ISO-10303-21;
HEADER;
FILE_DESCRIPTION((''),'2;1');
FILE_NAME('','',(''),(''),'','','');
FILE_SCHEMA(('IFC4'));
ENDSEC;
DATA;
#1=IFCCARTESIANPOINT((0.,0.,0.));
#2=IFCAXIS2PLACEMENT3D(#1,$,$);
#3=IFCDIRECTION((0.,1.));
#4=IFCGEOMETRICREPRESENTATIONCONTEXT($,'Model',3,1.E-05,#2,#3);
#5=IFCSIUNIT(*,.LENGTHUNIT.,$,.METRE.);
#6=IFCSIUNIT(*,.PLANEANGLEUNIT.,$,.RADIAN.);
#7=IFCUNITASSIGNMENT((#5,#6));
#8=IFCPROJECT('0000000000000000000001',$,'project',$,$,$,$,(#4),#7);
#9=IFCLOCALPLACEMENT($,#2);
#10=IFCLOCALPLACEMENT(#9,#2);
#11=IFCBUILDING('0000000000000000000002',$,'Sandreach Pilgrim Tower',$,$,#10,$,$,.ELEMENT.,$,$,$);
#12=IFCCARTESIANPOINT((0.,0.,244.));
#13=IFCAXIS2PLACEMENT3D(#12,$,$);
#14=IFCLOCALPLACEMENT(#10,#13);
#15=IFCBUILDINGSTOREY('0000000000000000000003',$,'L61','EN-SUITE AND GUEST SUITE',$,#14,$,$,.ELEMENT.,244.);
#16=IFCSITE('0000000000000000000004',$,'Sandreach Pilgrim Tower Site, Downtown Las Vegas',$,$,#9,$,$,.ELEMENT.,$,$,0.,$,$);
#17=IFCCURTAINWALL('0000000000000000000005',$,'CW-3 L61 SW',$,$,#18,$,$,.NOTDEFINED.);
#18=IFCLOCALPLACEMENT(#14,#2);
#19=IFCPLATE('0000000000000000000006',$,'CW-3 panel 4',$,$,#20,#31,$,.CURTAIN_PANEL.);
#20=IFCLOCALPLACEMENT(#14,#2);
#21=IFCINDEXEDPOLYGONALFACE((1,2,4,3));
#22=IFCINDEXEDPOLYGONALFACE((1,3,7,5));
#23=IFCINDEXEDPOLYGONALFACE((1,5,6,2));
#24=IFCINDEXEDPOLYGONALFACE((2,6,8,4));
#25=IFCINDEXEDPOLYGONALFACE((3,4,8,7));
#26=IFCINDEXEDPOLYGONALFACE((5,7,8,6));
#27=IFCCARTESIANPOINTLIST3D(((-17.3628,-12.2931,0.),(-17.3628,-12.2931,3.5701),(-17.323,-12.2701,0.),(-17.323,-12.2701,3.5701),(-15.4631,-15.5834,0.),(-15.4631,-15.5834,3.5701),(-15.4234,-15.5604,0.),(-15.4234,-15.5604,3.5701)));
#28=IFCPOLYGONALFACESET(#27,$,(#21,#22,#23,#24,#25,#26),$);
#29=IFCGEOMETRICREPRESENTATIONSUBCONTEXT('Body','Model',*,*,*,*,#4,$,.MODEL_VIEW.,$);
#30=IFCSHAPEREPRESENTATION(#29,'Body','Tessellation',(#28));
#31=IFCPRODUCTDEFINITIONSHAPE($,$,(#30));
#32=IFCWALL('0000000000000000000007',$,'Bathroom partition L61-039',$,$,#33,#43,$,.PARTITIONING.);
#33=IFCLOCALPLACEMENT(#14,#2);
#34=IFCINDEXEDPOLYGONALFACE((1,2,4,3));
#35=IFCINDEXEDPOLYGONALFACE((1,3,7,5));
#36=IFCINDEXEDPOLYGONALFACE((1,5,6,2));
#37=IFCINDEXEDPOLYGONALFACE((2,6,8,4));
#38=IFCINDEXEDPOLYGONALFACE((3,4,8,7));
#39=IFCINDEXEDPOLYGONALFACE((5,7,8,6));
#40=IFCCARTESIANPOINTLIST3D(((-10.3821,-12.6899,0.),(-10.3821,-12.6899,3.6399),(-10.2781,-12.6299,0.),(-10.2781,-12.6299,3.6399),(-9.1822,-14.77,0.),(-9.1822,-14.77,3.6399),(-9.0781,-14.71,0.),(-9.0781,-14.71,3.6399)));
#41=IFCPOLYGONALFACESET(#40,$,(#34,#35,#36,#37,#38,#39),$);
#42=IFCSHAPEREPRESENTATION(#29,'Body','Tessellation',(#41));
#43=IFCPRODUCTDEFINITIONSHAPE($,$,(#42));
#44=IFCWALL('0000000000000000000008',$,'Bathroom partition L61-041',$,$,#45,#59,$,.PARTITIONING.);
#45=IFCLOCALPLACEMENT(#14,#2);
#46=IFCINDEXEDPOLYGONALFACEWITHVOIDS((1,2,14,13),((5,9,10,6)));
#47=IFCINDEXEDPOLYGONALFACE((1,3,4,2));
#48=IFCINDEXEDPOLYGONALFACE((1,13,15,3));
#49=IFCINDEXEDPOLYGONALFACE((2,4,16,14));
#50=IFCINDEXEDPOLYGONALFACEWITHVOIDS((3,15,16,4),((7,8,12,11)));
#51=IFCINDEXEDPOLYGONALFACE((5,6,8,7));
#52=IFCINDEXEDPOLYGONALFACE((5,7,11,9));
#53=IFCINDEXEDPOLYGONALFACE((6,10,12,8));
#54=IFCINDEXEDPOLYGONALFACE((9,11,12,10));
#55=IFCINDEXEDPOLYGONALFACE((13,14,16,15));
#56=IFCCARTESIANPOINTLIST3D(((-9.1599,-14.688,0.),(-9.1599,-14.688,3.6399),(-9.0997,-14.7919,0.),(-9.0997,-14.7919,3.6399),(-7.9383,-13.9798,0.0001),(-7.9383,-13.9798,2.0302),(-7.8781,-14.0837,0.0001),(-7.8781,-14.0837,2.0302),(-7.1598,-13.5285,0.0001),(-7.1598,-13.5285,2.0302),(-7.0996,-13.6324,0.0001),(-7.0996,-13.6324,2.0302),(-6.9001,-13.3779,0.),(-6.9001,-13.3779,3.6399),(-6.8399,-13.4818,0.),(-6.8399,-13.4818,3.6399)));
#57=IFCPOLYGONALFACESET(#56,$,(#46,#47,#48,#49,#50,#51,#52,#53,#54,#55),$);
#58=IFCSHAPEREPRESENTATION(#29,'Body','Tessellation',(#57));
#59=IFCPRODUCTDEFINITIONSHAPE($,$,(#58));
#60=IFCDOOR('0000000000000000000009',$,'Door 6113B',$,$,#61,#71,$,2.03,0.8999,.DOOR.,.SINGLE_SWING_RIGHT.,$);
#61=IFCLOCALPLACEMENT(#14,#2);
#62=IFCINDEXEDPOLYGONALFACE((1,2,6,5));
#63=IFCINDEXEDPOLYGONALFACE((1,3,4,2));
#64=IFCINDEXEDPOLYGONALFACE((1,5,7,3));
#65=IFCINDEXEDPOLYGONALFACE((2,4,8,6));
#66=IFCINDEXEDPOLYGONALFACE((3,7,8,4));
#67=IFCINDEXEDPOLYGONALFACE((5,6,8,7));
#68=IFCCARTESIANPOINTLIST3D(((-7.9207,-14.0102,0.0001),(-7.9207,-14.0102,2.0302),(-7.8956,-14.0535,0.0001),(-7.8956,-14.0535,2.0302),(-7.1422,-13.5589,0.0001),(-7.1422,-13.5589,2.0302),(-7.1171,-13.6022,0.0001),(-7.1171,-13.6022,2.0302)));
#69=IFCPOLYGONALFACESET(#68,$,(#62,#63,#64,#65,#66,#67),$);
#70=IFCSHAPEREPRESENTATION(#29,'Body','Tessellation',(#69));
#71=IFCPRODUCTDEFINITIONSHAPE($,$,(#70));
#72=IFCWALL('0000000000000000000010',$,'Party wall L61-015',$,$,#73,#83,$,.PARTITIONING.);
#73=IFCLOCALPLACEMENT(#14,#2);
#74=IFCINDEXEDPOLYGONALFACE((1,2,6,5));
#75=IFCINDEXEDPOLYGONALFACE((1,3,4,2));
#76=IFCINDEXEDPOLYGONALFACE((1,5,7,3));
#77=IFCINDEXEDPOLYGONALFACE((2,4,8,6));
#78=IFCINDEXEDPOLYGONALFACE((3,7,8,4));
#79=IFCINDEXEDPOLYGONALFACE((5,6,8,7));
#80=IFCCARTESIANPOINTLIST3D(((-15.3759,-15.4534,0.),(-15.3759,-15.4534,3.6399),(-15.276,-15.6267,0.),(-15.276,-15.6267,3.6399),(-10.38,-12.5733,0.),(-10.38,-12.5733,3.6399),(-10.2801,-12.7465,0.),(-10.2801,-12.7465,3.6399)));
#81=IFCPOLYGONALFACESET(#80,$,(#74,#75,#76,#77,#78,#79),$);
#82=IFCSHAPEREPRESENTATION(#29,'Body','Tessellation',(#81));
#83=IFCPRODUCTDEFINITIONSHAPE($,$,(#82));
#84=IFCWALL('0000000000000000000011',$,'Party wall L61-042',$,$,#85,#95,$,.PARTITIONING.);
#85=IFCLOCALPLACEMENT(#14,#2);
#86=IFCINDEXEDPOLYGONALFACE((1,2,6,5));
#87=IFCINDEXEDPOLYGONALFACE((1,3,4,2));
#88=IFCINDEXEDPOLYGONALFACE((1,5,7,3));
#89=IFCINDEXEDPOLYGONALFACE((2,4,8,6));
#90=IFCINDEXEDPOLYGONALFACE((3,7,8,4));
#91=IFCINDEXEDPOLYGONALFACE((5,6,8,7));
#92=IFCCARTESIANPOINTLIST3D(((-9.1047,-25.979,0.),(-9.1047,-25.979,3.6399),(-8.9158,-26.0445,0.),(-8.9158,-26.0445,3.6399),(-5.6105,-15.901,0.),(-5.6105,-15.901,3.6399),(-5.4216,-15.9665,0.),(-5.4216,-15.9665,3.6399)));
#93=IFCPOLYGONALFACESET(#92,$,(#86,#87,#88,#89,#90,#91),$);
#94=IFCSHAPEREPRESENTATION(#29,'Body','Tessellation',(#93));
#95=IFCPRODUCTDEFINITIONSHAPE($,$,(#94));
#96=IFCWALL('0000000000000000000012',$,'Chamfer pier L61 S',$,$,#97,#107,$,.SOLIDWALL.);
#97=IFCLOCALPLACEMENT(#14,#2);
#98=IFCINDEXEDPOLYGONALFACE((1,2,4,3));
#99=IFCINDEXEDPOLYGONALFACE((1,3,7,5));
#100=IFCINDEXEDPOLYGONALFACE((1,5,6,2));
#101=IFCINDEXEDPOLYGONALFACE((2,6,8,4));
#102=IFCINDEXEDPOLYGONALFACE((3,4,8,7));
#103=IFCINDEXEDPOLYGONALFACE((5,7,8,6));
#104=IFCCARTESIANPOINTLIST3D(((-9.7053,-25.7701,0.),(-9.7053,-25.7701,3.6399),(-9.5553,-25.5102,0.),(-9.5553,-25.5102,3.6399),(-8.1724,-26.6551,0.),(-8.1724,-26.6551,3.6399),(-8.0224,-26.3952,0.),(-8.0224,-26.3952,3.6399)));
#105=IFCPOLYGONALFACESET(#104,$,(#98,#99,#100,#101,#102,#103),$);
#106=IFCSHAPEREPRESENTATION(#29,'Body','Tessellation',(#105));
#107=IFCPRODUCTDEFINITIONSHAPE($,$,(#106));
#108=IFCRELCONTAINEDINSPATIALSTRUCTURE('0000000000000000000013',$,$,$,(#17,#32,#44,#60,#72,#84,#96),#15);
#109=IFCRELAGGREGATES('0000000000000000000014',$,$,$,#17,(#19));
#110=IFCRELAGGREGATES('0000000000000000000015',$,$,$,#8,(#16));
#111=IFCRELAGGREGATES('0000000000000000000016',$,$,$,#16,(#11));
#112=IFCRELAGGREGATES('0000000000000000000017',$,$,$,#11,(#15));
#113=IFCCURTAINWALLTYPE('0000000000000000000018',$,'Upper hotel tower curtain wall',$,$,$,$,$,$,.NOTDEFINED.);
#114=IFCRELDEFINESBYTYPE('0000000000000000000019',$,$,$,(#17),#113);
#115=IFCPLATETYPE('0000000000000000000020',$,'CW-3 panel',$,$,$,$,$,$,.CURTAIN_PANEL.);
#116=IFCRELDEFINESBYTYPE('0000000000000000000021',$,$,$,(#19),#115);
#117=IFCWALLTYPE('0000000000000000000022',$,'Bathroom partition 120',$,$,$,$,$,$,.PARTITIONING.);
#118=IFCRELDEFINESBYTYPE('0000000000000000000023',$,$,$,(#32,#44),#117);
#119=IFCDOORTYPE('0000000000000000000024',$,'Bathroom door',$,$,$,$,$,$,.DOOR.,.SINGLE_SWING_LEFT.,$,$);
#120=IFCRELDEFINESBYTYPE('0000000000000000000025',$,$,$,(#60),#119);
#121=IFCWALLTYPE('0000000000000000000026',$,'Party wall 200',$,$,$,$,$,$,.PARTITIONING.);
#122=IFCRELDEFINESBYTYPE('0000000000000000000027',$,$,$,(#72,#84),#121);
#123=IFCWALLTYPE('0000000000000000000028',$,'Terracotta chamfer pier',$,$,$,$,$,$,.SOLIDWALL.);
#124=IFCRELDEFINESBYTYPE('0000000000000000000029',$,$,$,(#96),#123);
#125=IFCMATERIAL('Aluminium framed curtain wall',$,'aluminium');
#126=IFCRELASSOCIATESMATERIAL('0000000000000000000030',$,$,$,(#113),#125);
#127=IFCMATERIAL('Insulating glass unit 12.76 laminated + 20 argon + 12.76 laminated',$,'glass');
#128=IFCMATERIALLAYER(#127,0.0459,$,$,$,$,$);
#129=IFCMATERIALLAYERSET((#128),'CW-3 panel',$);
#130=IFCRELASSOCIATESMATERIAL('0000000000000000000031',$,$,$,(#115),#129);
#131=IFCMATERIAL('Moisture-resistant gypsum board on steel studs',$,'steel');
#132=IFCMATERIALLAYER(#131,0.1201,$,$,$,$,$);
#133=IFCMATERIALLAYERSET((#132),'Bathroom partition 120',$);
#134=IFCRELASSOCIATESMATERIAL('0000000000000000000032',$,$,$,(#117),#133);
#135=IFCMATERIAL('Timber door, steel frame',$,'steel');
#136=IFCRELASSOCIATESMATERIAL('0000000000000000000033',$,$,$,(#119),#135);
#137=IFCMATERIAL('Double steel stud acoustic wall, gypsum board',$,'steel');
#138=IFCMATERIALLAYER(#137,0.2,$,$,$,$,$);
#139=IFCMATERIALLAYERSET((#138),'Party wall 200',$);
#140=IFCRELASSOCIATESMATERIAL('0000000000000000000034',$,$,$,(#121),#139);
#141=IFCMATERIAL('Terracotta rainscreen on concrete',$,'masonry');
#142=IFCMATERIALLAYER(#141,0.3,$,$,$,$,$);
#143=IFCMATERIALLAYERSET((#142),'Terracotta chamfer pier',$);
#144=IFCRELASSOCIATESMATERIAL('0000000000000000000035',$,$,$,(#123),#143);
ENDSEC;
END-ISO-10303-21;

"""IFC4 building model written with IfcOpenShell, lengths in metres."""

from ifc_helpers import new_model, si_unit, direction, frame, frame_2d, origin, origin_2d, place, context, subcontext, project, spatial, rectangle, extrude, material, layer, layer_set, type_object, element, fill, aggregate, save


model = new_model("IFC4")

# Units and contexts
model_context = context("Model", 3, precision=1e-05, world=origin(), true_north=direction((0.0, 1.0)))
body_context = subcontext(model_context, "Body", "Model", "MODEL_VIEW")
ifc_project = project(units=[si_unit("LENGTHUNIT", "METRE"), si_unit("PLANEANGLEUNIT", "RADIAN")], contexts=[model_context])

# Site, building, storey
site_placement = place(None, origin())
site = spatial("IfcSite", under=ifc_project, at=site_placement, Name="Sandreach Pilgrim Tower Site, Downtown Las Vegas", CompositionType="ELEMENT", RefElevation=0.0)
building_placement = place(site_placement, origin())
building = spatial("IfcBuilding", under=site, at=building_placement, Name="Sandreach Pilgrim Tower", CompositionType="ELEMENT")
storey_placement = place(building_placement, frame((0.0, 0.0, 244.0)))
storey = spatial("IfcBuildingStorey", under=building, at=storey_placement, Name="L61", Description="EN-SUITE AND GUEST SUITE", CompositionType="ELEMENT", Elevation=244.0)

# Shared definitions
ifc_material_1 = material(Name="Aluminium framed curtain wall", Category="aluminium")
curtain_wall_type = type_object("IfcCurtainWallType", Name="Upper hotel tower curtain wall", PredefinedType="NOTDEFINED", material=ifc_material_1)

# Curtain wall
curtain_wall_1_placement = place(storey_placement, origin())
curtain_wall_1 = element("IfcCurtainWall", 1, at=curtain_wall_1_placement, inside=storey, type_object=curtain_wall_type, Name="CW-3 L61 SW", PredefinedType="NOTDEFINED")

# Plate
ifc_material_2 = material(Name="Insulating glass unit 12.76 laminated + 20 argon + 12.76 laminated", Category="glass")
ifc_layer_1 = layer(ifc_material_2, 0.0459)
ifc_layer_set_1 = layer_set([ifc_layer_1], Name="CW-3 panel")
plate_type = type_object("IfcPlateType", Name="CW-3 panel", PredefinedType="CURTAIN_PANEL", material=ifc_layer_set_1)
plate_1_placement = place(storey_placement, frame((-16.3931, -13.9268, 0.0), z_axis=(0.0, 0.0, 1.0), x_axis=(-0.5, 0.866025, 0.0)))
plate_1 = element("IfcPlate", 2, at=plate_1_placement, type_object=plate_type, Name="CW-3 panel 4", PredefinedType="CURTAIN_PANEL", context=body_context, shape_type="SweptSolid", body=[
    extrude(rectangle(XDim=3.7993, YDim=0.0459, at=origin_2d()), origin(), (0.0, 0.0, 1.0), 3.5701),
])
aggregate(curtain_wall_1, [plate_1])

# Wall
ifc_material_3 = material(Name="Moisture-resistant gypsum board on steel studs", Category="steel")
ifc_layer_2 = layer(ifc_material_3, 0.1201)
ifc_layer_set_2 = layer_set([ifc_layer_2], Name="Bathroom partition 120")
wall_type_1 = type_object("IfcWallType", Name="Bathroom partition 120", PredefinedType="PARTITIONING", material=ifc_layer_set_2)
wall_1_placement = place(storey_placement, frame((-10.3301, -12.6599, 0.0), z_axis=(0.0, 0.0, 1.0), x_axis=(0.499693, -0.866203, 0.0)))
element("IfcWall", 3, at=wall_1_placement, inside=storey, type_object=wall_type_1, Name="Bathroom partition L61-039", PredefinedType="PARTITIONING", context=body_context, shape_type="SweptSolid", body=[
    extrude(rectangle(XDim=2.4014, YDim=0.1201, at=frame_2d((1.2007, 0.0))), origin(), (0.0, 0.0, 1.0), 3.6399),
])

# Wall, opening, door
wall_2_placement = place(storey_placement, frame((-9.1299, -14.74, 0.0), z_axis=(0.0, 0.0, 1.0), x_axis=(0.865132, 0.501545, 0.0)))
wall_2 = element("IfcWall", 4, at=wall_2_placement, inside=storey, type_object=wall_type_1, Name="Bathroom partition L61-041", PredefinedType="PARTITIONING", context=body_context, shape_type="SweptSolid", body=[
    extrude(rectangle(XDim=2.6121, YDim=0.1201, at=frame_2d((1.3062, 0.0))), origin(), (0.0, 0.0, 1.0), 3.6399),
])
opening_placement = place(wall_2_placement, frame((1.4121, 0.0, 0.0)))
opening = element("IfcOpeningElement", 5, at=opening_placement, cuts=wall_2, PredefinedType="OPENING", context=body_context, shape_type="SweptSolid", body=[
    extrude(rectangle(XDim=0.8999, YDim=2.03, at=frame_2d((0.45, 1.0151))), frame((0.0, 0.0601, 0.0), z_axis=(0.0, -1.0, 0.0), x_axis=(1.0, 0.0, 0.0)), (0.0, 0.0, 1.0), 0.1201),
])
ifc_material_4 = material(Name="Timber door, steel frame", Category="steel")
door_type = type_object("IfcDoorType", Name="Bathroom door", OperationType="SINGLE_SWING_LEFT", PredefinedType="DOOR", material=ifc_material_4)
door_placement = place(opening_placement, origin())
door = element("IfcDoor", 6, at=door_placement, inside=storey, type_object=door_type, Name="Door 6113B", OperationType="SINGLE_SWING_RIGHT", OverallHeight=2.03, OverallWidth=0.8999, PredefinedType="DOOR", context=body_context, shape_type="SweptSolid", body=[
    extrude(rectangle(XDim=0.8999, YDim=2.03, at=frame_2d((0.45, 1.0151))), frame((0.0, 0.0249, 0.0), z_axis=(0.0, -1.0, 0.0), x_axis=(1.0, 0.0, 0.0)), (0.0, 0.0, 1.0), 0.05),
])
fill(opening, door)

# Walls
ifc_material_5 = material(Name="Double steel stud acoustic wall, gypsum board", Category="steel")
ifc_layer_3 = layer(ifc_material_5, 0.2)
ifc_layer_set_3 = layer_set([ifc_layer_3], Name="Party wall 200")
wall_type_2 = type_object("IfcWallType", Name="Party wall 200", PredefinedType="PARTITIONING", material=ifc_layer_set_3)
wall_3_placement = place(storey_placement, frame((-15.3259, -15.54, 0.0), z_axis=(0.0, 0.0, 1.0), x_axis=(0.866343, 0.49945, 0.0)))
element("IfcWall", 7, at=wall_3_placement, inside=storey, type_object=wall_type_2, Name="Party wall L61-015", PredefinedType="PARTITIONING", context=body_context, shape_type="SweptSolid", body=[
    extrude(rectangle(XDim=5.7666, YDim=0.2, at=frame_2d((2.8833, 0.0))), origin(), (0.0, 0.0, 1.0), 3.6399),
])
wall_4_placement = place(storey_placement, frame((-9.0103, -26.0117, 0.0), z_axis=(0.0, 0.0, 1.0), x_axis=(0.327583, 0.944822, 0.0)))
element("IfcWall", 8, at=wall_4_placement, inside=storey, type_object=wall_type_2, Name="Party wall L61-042", PredefinedType="PARTITIONING", context=body_context, shape_type="SweptSolid", body=[
    extrude(rectangle(XDim=10.6665, YDim=0.2, at=frame_2d((5.3333, 0.0))), origin(), (0.0, 0.0, 1.0), 3.6399),
])
ifc_material_6 = material(Name="Terracotta rainscreen on concrete", Category="masonry")
ifc_layer_4 = layer(ifc_material_6, 0.3)
ifc_layer_set_4 = layer_set([ifc_layer_4], Name="Terracotta chamfer pier")
wall_type_3 = type_object("IfcWallType", Name="Terracotta chamfer pier", PredefinedType="SOLIDWALL", material=ifc_layer_set_4)
wall_5_placement = place(storey_placement, frame((-8.0974, -26.5251, 0.0), z_axis=(0.0, 0.0, 1.0), x_axis=(-0.866036, 0.499981, 0.0)))
element("IfcWall", 9, at=wall_5_placement, inside=storey, type_object=wall_type_3, Name="Chamfer pier L61 S", PredefinedType="SOLIDWALL", context=body_context, shape_type="SweptSolid", body=[
    extrude(rectangle(XDim=1.77, YDim=0.3, at=frame_2d((0.885, 0.0))), origin(), (0.0, 0.0, 1.0), 3.6399),
])

save(model, "model.ifc")
